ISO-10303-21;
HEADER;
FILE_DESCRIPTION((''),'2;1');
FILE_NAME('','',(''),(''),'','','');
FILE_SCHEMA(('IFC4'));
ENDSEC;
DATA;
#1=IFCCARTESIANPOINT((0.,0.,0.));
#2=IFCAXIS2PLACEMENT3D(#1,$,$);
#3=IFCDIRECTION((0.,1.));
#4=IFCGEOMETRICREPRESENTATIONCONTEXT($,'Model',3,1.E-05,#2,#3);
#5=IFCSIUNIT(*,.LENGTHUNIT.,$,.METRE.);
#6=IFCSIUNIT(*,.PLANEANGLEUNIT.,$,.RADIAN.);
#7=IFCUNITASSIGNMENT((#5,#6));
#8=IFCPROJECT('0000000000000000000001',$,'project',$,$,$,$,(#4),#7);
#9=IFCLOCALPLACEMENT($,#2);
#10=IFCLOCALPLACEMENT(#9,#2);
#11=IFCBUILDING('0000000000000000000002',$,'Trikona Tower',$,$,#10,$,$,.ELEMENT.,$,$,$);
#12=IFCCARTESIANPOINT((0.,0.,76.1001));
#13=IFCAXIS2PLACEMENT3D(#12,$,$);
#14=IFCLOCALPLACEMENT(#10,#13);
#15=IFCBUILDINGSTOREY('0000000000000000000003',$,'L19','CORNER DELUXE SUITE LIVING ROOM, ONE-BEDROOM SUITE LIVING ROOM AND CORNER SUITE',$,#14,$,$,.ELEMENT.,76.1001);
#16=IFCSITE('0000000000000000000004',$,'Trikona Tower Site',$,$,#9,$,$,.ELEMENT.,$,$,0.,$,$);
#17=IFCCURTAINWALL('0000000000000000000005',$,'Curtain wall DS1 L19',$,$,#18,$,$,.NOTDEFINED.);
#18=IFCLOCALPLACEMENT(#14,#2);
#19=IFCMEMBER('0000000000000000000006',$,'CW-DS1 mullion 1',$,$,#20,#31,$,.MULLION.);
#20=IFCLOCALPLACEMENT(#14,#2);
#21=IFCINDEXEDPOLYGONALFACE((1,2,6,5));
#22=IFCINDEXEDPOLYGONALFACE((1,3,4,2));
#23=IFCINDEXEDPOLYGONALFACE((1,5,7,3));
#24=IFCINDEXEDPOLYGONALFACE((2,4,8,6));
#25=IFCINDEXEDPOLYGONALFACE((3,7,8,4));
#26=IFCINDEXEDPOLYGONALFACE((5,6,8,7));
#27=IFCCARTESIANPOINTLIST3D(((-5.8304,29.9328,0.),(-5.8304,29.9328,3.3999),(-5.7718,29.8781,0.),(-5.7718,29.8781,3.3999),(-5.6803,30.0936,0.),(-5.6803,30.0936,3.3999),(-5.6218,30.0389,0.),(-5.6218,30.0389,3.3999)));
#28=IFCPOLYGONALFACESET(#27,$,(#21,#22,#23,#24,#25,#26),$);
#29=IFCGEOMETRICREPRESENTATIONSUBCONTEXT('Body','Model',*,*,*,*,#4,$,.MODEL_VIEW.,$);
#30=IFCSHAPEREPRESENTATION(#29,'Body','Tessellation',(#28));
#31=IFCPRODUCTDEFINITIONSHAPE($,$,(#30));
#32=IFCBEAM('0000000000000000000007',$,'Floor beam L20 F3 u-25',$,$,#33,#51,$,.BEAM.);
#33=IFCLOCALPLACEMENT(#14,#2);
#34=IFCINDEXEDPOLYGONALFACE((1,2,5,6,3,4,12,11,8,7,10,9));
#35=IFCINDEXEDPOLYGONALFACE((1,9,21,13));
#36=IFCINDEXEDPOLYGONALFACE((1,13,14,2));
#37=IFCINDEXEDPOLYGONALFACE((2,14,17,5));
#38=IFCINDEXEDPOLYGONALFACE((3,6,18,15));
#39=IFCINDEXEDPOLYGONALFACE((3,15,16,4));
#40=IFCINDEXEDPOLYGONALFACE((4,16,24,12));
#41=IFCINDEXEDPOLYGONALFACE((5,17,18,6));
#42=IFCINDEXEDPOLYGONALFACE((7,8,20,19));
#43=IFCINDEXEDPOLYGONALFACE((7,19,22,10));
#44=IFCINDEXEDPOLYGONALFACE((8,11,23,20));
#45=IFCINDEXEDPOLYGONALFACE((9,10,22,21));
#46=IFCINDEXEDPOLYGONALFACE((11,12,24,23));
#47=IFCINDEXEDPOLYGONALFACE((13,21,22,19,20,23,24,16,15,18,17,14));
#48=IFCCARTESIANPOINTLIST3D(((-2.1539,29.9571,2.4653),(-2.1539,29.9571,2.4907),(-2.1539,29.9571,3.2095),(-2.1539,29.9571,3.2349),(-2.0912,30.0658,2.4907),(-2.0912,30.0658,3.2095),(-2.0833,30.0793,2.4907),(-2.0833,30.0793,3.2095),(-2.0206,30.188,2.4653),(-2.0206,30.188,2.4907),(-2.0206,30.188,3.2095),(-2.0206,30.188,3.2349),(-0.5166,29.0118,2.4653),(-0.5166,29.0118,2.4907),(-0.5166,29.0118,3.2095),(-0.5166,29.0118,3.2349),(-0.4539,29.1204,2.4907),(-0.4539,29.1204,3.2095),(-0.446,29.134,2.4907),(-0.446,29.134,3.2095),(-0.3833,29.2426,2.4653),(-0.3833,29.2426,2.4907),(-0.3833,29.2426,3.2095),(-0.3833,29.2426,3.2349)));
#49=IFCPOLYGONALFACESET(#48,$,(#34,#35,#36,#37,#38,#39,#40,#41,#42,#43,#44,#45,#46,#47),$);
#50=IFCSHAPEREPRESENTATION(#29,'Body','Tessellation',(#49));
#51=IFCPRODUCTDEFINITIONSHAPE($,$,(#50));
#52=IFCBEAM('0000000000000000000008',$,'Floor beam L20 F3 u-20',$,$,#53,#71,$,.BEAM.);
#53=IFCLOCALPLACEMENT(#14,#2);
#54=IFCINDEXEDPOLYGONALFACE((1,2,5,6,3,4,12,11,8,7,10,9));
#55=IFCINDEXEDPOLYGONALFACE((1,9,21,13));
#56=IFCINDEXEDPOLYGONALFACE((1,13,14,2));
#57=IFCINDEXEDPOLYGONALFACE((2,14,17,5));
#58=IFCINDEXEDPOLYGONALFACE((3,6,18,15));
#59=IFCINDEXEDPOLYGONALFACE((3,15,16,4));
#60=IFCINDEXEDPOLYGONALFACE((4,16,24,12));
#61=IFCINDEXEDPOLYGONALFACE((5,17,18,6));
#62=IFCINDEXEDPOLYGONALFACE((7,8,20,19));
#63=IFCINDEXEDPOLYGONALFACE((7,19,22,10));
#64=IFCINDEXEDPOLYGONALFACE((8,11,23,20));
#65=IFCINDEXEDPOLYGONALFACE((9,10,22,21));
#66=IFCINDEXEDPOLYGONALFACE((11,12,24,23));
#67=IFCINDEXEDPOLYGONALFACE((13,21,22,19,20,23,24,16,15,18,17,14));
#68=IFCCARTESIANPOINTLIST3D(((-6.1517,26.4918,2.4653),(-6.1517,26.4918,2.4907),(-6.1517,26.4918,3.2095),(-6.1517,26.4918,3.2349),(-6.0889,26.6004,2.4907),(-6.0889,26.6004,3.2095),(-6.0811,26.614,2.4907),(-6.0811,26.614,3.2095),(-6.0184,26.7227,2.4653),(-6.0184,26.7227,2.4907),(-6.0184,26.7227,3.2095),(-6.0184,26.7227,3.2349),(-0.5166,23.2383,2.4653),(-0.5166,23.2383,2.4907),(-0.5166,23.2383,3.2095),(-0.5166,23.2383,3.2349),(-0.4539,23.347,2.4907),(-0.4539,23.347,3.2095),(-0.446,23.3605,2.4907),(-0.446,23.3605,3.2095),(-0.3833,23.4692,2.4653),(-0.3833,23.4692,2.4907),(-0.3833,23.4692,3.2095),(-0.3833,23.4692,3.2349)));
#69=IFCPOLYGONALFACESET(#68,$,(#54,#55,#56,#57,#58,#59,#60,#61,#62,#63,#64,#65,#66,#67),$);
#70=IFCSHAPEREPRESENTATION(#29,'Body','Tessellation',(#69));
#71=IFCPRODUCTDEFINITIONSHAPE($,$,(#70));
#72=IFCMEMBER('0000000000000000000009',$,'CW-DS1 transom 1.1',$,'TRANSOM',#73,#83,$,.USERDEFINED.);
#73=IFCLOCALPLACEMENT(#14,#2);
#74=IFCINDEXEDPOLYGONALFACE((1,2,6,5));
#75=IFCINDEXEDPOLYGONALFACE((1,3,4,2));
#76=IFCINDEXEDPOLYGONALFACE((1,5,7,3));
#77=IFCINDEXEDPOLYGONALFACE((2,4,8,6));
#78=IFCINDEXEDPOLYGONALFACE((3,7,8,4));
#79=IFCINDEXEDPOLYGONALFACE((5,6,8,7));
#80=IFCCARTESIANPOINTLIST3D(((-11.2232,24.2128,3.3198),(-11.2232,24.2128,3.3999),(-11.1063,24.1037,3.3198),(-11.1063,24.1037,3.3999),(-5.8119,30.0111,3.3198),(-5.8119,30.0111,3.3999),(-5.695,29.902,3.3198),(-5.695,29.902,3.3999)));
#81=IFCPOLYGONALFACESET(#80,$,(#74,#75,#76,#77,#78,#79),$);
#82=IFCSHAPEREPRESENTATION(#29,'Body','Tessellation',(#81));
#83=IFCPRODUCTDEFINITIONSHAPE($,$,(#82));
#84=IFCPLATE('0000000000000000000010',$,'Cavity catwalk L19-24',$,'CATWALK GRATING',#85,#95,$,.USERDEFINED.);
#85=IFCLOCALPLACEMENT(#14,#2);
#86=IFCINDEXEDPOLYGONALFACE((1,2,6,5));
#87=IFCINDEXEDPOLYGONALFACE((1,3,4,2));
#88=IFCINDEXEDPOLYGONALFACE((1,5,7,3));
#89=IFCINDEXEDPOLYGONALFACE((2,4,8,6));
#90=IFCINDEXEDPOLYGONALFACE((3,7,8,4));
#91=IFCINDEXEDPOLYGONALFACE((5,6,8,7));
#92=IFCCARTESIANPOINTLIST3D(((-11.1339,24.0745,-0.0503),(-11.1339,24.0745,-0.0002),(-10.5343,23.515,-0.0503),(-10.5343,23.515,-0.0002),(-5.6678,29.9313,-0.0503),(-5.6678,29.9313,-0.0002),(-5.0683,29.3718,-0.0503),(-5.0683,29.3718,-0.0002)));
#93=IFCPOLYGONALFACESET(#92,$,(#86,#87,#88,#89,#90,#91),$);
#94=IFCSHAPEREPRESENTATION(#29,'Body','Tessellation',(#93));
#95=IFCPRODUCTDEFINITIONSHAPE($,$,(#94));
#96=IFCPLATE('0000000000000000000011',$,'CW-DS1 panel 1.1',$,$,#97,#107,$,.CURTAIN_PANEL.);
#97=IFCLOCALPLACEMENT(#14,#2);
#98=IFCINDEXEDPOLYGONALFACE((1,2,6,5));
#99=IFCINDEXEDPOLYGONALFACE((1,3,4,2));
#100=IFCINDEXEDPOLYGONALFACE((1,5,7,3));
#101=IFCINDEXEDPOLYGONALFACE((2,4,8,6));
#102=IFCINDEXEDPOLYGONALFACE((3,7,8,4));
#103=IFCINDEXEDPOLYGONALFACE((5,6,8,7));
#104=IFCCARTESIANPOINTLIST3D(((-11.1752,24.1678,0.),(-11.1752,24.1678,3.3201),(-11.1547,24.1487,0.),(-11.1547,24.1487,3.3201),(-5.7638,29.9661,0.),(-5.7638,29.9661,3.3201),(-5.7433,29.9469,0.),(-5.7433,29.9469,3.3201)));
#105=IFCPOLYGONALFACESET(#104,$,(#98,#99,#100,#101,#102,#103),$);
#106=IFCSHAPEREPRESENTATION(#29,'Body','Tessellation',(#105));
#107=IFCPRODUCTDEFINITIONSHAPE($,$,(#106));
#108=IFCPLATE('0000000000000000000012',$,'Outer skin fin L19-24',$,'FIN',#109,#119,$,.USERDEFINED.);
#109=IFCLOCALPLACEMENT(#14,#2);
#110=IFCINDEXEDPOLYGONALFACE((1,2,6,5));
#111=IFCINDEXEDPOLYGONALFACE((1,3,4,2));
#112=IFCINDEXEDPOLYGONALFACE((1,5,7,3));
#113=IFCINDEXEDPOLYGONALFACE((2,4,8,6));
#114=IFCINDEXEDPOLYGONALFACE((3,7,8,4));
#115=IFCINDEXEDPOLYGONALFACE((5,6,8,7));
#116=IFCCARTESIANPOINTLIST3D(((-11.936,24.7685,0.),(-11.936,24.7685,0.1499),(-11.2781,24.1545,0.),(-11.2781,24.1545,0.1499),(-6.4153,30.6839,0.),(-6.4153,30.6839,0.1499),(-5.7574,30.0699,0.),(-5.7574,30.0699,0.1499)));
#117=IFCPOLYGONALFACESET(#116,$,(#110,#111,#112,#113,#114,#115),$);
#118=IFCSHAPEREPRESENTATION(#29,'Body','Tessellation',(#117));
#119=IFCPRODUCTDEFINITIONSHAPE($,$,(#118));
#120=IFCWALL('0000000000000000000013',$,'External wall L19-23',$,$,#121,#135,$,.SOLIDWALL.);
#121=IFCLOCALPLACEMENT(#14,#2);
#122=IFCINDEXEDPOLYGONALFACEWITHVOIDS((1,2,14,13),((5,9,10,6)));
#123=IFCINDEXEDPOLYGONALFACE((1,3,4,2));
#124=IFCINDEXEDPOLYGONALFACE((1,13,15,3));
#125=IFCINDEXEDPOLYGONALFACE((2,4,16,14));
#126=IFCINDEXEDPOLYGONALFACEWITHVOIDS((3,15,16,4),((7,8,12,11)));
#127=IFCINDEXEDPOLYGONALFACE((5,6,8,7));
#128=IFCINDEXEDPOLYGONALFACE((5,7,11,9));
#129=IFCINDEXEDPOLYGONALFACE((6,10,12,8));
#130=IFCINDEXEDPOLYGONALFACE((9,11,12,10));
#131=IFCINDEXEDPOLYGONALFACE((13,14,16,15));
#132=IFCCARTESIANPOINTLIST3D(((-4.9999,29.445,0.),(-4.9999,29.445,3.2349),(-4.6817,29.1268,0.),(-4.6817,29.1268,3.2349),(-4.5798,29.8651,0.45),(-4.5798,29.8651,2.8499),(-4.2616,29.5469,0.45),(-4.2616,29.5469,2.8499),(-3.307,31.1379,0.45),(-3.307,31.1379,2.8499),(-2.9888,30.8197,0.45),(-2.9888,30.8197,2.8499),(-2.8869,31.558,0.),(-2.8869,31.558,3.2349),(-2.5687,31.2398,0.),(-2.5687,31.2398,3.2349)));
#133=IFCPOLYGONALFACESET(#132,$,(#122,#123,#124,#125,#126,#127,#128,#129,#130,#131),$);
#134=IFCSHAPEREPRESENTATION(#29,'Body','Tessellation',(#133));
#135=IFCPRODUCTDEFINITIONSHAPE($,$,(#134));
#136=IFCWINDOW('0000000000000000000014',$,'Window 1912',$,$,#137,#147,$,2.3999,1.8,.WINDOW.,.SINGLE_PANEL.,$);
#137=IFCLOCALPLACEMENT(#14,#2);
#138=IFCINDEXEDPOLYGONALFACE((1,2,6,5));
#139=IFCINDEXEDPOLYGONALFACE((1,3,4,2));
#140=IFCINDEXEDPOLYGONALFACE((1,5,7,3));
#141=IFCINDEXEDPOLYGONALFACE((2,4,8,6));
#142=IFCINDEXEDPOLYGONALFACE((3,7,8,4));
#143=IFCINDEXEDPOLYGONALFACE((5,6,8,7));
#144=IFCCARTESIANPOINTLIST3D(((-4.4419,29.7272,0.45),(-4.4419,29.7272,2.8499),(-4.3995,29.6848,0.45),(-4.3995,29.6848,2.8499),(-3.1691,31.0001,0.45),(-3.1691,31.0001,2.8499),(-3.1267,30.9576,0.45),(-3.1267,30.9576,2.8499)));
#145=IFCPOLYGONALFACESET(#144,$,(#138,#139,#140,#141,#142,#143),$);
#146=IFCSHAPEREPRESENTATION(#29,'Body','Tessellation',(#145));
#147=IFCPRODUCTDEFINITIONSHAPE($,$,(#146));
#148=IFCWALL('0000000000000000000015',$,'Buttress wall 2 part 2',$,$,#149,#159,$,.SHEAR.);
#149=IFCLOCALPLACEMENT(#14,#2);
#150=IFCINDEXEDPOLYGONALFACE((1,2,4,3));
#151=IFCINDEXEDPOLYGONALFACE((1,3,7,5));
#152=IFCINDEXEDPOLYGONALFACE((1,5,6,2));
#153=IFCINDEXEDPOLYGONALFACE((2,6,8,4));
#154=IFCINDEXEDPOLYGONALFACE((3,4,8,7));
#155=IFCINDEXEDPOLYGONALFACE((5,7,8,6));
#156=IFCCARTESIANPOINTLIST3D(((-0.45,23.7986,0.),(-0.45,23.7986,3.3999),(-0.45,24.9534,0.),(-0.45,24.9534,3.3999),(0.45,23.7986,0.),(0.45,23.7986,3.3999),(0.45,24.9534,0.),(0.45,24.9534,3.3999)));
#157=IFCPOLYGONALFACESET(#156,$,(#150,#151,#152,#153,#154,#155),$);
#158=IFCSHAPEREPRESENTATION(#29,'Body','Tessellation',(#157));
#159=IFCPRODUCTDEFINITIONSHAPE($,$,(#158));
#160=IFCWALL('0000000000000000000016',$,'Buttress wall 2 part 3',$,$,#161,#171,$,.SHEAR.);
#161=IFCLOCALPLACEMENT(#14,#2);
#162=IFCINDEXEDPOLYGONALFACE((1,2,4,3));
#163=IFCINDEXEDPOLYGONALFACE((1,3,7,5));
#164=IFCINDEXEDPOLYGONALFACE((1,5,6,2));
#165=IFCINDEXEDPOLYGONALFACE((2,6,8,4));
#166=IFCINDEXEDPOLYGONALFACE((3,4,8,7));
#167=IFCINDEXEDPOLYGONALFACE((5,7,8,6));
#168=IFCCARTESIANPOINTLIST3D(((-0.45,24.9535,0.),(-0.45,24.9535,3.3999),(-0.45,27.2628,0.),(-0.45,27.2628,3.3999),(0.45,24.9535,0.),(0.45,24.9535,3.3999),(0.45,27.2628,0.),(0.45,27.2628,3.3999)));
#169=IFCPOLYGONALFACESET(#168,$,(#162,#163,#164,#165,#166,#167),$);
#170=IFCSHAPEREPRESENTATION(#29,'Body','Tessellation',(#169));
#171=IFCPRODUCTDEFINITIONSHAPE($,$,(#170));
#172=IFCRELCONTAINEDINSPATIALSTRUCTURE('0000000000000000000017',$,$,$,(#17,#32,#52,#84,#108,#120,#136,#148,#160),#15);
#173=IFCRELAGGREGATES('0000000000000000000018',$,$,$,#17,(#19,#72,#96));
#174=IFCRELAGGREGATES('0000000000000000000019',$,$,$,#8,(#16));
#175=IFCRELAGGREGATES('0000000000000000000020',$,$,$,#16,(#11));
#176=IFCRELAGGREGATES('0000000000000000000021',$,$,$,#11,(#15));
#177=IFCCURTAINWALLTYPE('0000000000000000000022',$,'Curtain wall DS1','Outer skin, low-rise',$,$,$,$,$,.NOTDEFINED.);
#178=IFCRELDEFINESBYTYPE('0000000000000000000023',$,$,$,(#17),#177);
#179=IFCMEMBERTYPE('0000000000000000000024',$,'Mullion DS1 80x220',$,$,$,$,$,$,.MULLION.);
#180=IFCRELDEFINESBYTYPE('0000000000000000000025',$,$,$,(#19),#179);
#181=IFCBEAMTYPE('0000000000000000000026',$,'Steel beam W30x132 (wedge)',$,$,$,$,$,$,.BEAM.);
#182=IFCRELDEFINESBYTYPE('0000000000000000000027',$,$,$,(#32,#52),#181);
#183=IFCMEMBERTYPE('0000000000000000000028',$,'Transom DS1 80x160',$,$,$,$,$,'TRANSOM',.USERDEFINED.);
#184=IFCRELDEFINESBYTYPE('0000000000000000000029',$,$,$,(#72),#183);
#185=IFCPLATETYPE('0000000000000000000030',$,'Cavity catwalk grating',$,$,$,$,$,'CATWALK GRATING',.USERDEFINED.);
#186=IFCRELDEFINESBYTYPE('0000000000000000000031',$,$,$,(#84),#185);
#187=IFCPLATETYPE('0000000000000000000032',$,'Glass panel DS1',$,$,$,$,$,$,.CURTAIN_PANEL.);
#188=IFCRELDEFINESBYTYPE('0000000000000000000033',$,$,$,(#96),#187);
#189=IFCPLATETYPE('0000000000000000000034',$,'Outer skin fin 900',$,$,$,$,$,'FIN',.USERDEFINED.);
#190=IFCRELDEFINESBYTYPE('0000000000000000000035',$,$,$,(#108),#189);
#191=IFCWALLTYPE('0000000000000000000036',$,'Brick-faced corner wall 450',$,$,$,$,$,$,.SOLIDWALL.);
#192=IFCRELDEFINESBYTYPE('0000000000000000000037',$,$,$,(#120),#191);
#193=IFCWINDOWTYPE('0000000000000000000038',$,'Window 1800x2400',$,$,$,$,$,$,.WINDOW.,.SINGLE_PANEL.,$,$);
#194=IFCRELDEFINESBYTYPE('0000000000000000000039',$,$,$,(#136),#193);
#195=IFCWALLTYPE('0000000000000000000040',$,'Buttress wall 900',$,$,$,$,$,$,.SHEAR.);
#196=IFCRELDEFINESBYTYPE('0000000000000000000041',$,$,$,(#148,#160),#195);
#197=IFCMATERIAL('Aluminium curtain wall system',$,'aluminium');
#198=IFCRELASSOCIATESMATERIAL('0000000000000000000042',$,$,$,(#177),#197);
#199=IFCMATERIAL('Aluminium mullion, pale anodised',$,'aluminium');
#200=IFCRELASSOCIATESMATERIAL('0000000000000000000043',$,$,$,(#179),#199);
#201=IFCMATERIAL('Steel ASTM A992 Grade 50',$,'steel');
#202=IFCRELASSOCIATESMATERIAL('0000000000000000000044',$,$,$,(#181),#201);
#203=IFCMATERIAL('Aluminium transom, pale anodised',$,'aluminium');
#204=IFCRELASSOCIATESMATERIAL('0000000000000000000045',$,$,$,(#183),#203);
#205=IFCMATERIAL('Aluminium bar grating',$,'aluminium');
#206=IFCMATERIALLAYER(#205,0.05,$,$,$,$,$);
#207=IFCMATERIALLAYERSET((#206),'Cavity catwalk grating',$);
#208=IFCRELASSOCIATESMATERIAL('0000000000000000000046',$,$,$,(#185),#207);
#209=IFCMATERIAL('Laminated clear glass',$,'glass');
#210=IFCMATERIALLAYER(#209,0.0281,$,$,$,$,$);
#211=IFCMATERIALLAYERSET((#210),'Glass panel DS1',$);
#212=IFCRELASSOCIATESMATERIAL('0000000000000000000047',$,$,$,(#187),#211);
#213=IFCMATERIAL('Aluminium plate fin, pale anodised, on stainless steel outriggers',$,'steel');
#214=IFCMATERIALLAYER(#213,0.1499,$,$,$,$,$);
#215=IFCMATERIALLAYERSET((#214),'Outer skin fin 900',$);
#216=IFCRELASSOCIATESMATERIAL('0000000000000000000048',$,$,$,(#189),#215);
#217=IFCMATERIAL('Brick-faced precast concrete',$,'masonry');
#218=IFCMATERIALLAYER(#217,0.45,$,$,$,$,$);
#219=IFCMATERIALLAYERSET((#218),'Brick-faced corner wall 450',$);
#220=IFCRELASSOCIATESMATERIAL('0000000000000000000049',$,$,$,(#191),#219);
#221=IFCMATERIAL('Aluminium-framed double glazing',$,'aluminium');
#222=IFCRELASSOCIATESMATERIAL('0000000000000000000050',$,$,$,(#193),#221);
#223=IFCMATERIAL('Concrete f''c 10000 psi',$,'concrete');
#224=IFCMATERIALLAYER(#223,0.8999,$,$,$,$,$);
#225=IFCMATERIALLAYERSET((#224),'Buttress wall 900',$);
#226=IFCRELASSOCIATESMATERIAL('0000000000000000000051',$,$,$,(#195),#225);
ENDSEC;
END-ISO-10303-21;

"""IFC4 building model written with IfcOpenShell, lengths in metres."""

from ifc_helpers import new_model, si_unit, direction, frame, frame_2d, origin, origin_2d, place, context, subcontext, project, spatial, rectangle, i_section, extrude, material, layer, layer_set, material_profile, profile_set, type_object, element, fill, aggregate, save


model = new_model("IFC4")

# Units and contexts
model_context = context("Model", 3, precision=1e-05, world=origin(), true_north=direction((0.0, 1.0)))
body_context = subcontext(model_context, "Body", "Model", "MODEL_VIEW")
ifc_project = project(units=[si_unit("LENGTHUNIT", "METRE"), si_unit("PLANEANGLEUNIT", "RADIAN")], contexts=[model_context])

# Site, building, storey
site_placement = place(None, origin())
site = spatial("IfcSite", under=ifc_project, at=site_placement, Name="Trikona Tower Site", CompositionType="ELEMENT", RefElevation=0.0)
building_placement = place(site_placement, origin())
building = spatial("IfcBuilding", under=site, at=building_placement, Name="Trikona Tower", CompositionType="ELEMENT")
storey_placement = place(building_placement, frame((0.0, 0.0, 76.1001)))
storey = spatial("IfcBuildingStorey", under=building, at=storey_placement, Name="L19", Description="CORNER DELUXE SUITE LIVING ROOM, ONE-BEDROOM SUITE LIVING ROOM AND CORNER SUITE", CompositionType="ELEMENT", Elevation=76.1001)

# Curtain wall, member
ifc_material_1 = material(Name="Aluminium curtain wall system", Category="aluminium")
curtain_wall_type = type_object("IfcCurtainWallType", Name="Curtain wall DS1", Description="Outer skin, low-rise", PredefinedType="NOTDEFINED", material=ifc_material_1)
curtain_wall_placement = place(storey_placement, origin())
curtain_wall = element("IfcCurtainWall", 1, at=curtain_wall_placement, inside=storey, type_object=curtain_wall_type, Name="Curtain wall DS1 L19", PredefinedType="NOTDEFINED")
ifc_material_2 = material(Name="Aluminium mullion, pale anodised", Category="aluminium")
ifc_material_profile_1 = material_profile(ifc_material_2, rectangle(XDim=0.0801, YDim=0.22, at=origin_2d()), Name="MUL-DS1")
ifc_profile_set_1 = profile_set([ifc_material_profile_1], Name="Aluminium mullion, pale anodised")
member_type_1 = type_object("IfcMemberType", Name="Mullion DS1 80x220", PredefinedType="MULLION", material=ifc_profile_set_1)
member_1_placement = place(storey_placement, frame((-5.7261, 29.9858, 0.0), z_axis=(0.0, 0.0, 1.0), x_axis=(0.731077, -0.682295, 0.0)))
member_1 = element("IfcMember", 2, at=member_1_placement, type_object=member_type_1, Name="CW-DS1 mullion 1", PredefinedType="MULLION", context=body_context, shape_type="SweptSolid", body=[
    extrude(rectangle(XDim=0.0801, YDim=0.22, at=origin_2d()), origin(), (0.0, 0.0, 1.0), 3.3999),
])

# Beams
ifc_material_3 = material(Name="Steel ASTM A992 Grade 50", Category="steel")
ifc_material_profile_2 = material_profile(ifc_material_3, i_section(OverallWidth=0.2666, OverallDepth=0.7695, WebThickness=0.0156, FlangeThickness=0.0254, at=origin_2d()), Name="W30X132")
ifc_profile_set_2 = profile_set([ifc_material_profile_2], Name="Steel ASTM A992 Grade 50")
beam_type = type_object("IfcBeamType", Name="Steel beam W30x132 (wedge)", PredefinedType="BEAM", material=ifc_profile_set_2)
beam_1_placement = place(storey_placement, frame((-0.45, 29.1272, 2.8501), z_axis=(-0.866009, 0.500028, 0.0), x_axis=(-0.500028, -0.866009, 0.0)))
element("IfcBeam", 3, at=beam_1_placement, inside=storey, type_object=beam_type, Name="Floor beam L20 F3 u-25", PredefinedType="BEAM", context=body_context, shape_type="SweptSolid", body=[
    extrude(i_section(OverallWidth=0.2666, OverallDepth=0.7695, WebThickness=0.0156, FlangeThickness=0.0254, at=origin_2d()), origin(), (0.0, 0.0, 1.0), 1.8906),
])
beam_2_placement = place(storey_placement, frame((-0.45, 23.3538, 2.8501), z_axis=(-0.866023, 0.500005, 0.0), x_axis=(-0.500005, -0.866023, 0.0)))
element("IfcBeam", 4, at=beam_2_placement, inside=storey, type_object=beam_type, Name="Floor beam L20 F3 u-20", PredefinedType="BEAM", context=body_context, shape_type="SweptSolid", body=[
    extrude(i_section(OverallWidth=0.2666, OverallDepth=0.7695, WebThickness=0.0156, FlangeThickness=0.0254, at=origin_2d()), origin(), (0.0, 0.0, 1.0), 6.5068),
])

# Member
ifc_material_4 = material(Name="Aluminium transom, pale anodised", Category="aluminium")
ifc_material_profile_3 = material_profile(ifc_material_4, rectangle(XDim=0.1599, YDim=0.0801, at=origin_2d()), Name="TRN-DS1")
ifc_profile_set_3 = profile_set([ifc_material_profile_3], Name="Aluminium transom, pale anodised")
member_type_2 = type_object("IfcMemberType", Name="Transom DS1 80x160", ElementType="TRANSOM", PredefinedType="USERDEFINED", material=ifc_profile_set_3)
member_2_placement = place(storey_placement, frame((-5.7534, 29.9565, 3.3599), z_axis=(-0.682291, -0.731081, 0.0), x_axis=(0.731081, -0.682291, 0.0)))
member_2 = element("IfcMember", 5, at=member_2_placement, type_object=member_type_2, Name="CW-DS1 transom 1.1", ObjectType="TRANSOM", PredefinedType="USERDEFINED", context=body_context, shape_type="SweptSolid", body=[
    extrude(rectangle(XDim=0.1599, YDim=0.0801, at=origin_2d()), origin(), (0.0, 0.0, 1.0), 7.9312),
])

# Plates
ifc_material_5 = material(Name="Aluminium bar grating", Category="aluminium")
ifc_layer_1 = layer(ifc_material_5, 0.05)
ifc_layer_set_1 = layer_set([ifc_layer_1], Name="Cavity catwalk grating")
plate_type_1 = type_object("IfcPlateType", Name="Cavity catwalk grating", ElementType="CATWALK GRATING", PredefinedType="USERDEFINED", material=ifc_layer_set_1)
plate_1_placement = place(storey_placement, frame((-8.1011, 26.7231, -0.0503), z_axis=(0.0, 0.0, 1.0), x_axis=(-0.682298, -0.731074, 0.0)))
element("IfcPlate", 6, at=plate_1_placement, inside=storey, type_object=plate_type_1, Name="Cavity catwalk L19-24", ObjectType="CATWALK GRATING", PredefinedType="USERDEFINED", context=body_context, shape_type="SweptSolid", body=[
    extrude(rectangle(XDim=8.0112, YDim=0.8201, at=origin_2d()), origin(), (0.0, 0.0, 1.0), 0.05),
])
ifc_material_6 = material(Name="Laminated clear glass", Category="glass")
ifc_layer_2 = layer(ifc_material_6, 0.0281)
ifc_layer_set_2 = layer_set([ifc_layer_2], Name="Glass panel DS1")
plate_type_2 = type_object("IfcPlateType", Name="Glass panel DS1", PredefinedType="CURTAIN_PANEL", material=ifc_layer_set_2)
plate_2_placement = place(storey_placement, frame((-8.4592, 27.0574, 0.0), z_axis=(0.0, 0.0, 1.0), x_axis=(-0.682295, -0.731077, 0.0)))
plate_2 = element("IfcPlate", 7, at=plate_2_placement, type_object=plate_type_2, Name="CW-DS1 panel 1.1", PredefinedType="CURTAIN_PANEL", context=body_context, shape_type="SweptSolid", body=[
    extrude(rectangle(XDim=7.9312, YDim=0.0281, at=origin_2d()), origin(), (0.0, 0.0, 1.0), 3.3201),
])
aggregate(curtain_wall, [member_1, member_2, plate_2])
ifc_material_7 = material(Name="Aluminium plate fin, pale anodised, on stainless steel outriggers", Category="steel")
ifc_layer_3 = layer(ifc_material_7, 0.1499)
ifc_layer_set_3 = layer_set([ifc_layer_3], Name="Outer skin fin 900")
plate_type_3 = type_object("IfcPlateType", Name="Outer skin fin 900", ElementType="FIN", PredefinedType="USERDEFINED", material=ifc_layer_set_3)
plate_3_placement = place(storey_placement, frame((-8.8467, 27.4192, 0.0), z_axis=(0.0, 0.0, 1.0), x_axis=(-0.682298, -0.731074, 0.0)))
element("IfcPlate", 8, at=plate_3_placement, inside=storey, type_object=plate_type_3, Name="Outer skin fin L19-24", ObjectType="FIN", PredefinedType="USERDEFINED", context=body_context, shape_type="SweptSolid", body=[
    extrude(rectangle(XDim=8.0913, YDim=0.8999, at=origin_2d()), origin(), (0.0, 0.0, 1.0), 0.1499),
])

# Wall, opening, window
ifc_material_8 = material(Name="Brick-faced precast concrete", Category="masonry")
ifc_layer_4 = layer(ifc_material_8, 0.45)
ifc_layer_set_4 = layer_set([ifc_layer_4], Name="Brick-faced corner wall 450")
wall_type_1 = type_object("IfcWallType", Name="Brick-faced corner wall 450", PredefinedType="SOLIDWALL", material=ifc_layer_set_4)
wall_1_placement = place(storey_placement, frame((-2.7278, 31.3989, 0.0), z_axis=(0.0, 0.0, 1.0), x_axis=(-0.707107, -0.707107, 0.0)))
wall_1 = element("IfcWall", 9, at=wall_1_placement, inside=storey, type_object=wall_type_1, Name="External wall L19-23", PredefinedType="SOLIDWALL", context=body_context, shape_type="SweptSolid", body=[
    extrude(rectangle(XDim=2.9883, YDim=0.45, at=frame_2d((1.4941, 0.0))), origin(), (0.0, 0.0, 1.0), 3.2349),
])
opening_1_placement = place(wall_1_placement, frame((0.5942, 0.0, 0.45)))
opening_1 = element("IfcOpeningElement", 10, at=opening_1_placement, cuts=wall_1, PredefinedType="OPENING", context=body_context, shape_type="SweptSolid", body=[
    extrude(rectangle(XDim=1.8, YDim=2.3999, at=frame_2d((0.8999, 1.2))), frame((0.0, 0.2349, 0.0), z_axis=(0.0, -1.0, 0.0), x_axis=(1.0, 0.0, 0.0)), (0.0, 0.0, 1.0), 0.47),
])
ifc_material_9 = material(Name="Aluminium-framed double glazing", Category="aluminium")
window_type_1 = type_object("IfcWindowType", Name="Window 1800x2400", PartitioningType="SINGLE_PANEL", PredefinedType="WINDOW", material=ifc_material_9)
window_1_placement = place(opening_1_placement, origin())
window_1 = element("IfcWindow", 11, at=window_1_placement, inside=storey, type_object=window_type_1, Name="Window 1912", OverallHeight=2.3999, OverallWidth=1.8, PartitioningType="SINGLE_PANEL", PredefinedType="WINDOW", context=body_context, shape_type="SweptSolid", body=[
    extrude(rectangle(XDim=1.8, YDim=2.3999, at=frame_2d((0.8999, 1.2))), frame((0.0, 0.03, 0.0), z_axis=(0.0, -1.0, 0.0), x_axis=(1.0, 0.0, 0.0)), (0.0, 0.0, 1.0), 0.0601),
])
fill(opening_1, window_1)

# Walls
ifc_material_10 = material(Name="Concrete f'c 10000 psi", Category="concrete")
ifc_layer_5 = layer(ifc_material_10, 0.8999)
ifc_layer_set_5 = layer_set([ifc_layer_5], Name="Buttress wall 900")
wall_type_2 = type_object("IfcWallType", Name="Buttress wall 900", PredefinedType="SHEAR", material=ifc_layer_set_5)
wall_2_placement = place(storey_placement, frame((0.0, 23.7986, 0.0), z_axis=(0.0, 0.0, 1.0), x_axis=(0.0, 1.0, 0.0)))
element("IfcWall", 12, at=wall_2_placement, inside=storey, type_object=wall_type_2, Name="Buttress wall 2 part 2", PredefinedType="SHEAR", context=body_context, shape_type="SweptSolid", body=[
    extrude(rectangle(XDim=1.1548, YDim=0.8999, at=frame_2d((0.5774, 0.0))), origin(), (0.0, 0.0, 1.0), 3.3999),
])
wall_3_placement = place(storey_placement, frame((0.0, 24.9534, 0.0), z_axis=(0.0, 0.0, 1.0), x_axis=(0.0, 1.0, 0.0)))
element("IfcWall", 13, at=wall_3_placement, inside=storey, type_object=wall_type_2, Name="Buttress wall 2 part 3", PredefinedType="SHEAR", context=body_context, shape_type="SweptSolid", body=[
    extrude(rectangle(XDim=2.3093, YDim=0.8999, at=frame_2d((1.1548, 0.0))), origin(), (0.0, 0.0, 1.0), 3.3999),
])

save(model, "model.ifc")
